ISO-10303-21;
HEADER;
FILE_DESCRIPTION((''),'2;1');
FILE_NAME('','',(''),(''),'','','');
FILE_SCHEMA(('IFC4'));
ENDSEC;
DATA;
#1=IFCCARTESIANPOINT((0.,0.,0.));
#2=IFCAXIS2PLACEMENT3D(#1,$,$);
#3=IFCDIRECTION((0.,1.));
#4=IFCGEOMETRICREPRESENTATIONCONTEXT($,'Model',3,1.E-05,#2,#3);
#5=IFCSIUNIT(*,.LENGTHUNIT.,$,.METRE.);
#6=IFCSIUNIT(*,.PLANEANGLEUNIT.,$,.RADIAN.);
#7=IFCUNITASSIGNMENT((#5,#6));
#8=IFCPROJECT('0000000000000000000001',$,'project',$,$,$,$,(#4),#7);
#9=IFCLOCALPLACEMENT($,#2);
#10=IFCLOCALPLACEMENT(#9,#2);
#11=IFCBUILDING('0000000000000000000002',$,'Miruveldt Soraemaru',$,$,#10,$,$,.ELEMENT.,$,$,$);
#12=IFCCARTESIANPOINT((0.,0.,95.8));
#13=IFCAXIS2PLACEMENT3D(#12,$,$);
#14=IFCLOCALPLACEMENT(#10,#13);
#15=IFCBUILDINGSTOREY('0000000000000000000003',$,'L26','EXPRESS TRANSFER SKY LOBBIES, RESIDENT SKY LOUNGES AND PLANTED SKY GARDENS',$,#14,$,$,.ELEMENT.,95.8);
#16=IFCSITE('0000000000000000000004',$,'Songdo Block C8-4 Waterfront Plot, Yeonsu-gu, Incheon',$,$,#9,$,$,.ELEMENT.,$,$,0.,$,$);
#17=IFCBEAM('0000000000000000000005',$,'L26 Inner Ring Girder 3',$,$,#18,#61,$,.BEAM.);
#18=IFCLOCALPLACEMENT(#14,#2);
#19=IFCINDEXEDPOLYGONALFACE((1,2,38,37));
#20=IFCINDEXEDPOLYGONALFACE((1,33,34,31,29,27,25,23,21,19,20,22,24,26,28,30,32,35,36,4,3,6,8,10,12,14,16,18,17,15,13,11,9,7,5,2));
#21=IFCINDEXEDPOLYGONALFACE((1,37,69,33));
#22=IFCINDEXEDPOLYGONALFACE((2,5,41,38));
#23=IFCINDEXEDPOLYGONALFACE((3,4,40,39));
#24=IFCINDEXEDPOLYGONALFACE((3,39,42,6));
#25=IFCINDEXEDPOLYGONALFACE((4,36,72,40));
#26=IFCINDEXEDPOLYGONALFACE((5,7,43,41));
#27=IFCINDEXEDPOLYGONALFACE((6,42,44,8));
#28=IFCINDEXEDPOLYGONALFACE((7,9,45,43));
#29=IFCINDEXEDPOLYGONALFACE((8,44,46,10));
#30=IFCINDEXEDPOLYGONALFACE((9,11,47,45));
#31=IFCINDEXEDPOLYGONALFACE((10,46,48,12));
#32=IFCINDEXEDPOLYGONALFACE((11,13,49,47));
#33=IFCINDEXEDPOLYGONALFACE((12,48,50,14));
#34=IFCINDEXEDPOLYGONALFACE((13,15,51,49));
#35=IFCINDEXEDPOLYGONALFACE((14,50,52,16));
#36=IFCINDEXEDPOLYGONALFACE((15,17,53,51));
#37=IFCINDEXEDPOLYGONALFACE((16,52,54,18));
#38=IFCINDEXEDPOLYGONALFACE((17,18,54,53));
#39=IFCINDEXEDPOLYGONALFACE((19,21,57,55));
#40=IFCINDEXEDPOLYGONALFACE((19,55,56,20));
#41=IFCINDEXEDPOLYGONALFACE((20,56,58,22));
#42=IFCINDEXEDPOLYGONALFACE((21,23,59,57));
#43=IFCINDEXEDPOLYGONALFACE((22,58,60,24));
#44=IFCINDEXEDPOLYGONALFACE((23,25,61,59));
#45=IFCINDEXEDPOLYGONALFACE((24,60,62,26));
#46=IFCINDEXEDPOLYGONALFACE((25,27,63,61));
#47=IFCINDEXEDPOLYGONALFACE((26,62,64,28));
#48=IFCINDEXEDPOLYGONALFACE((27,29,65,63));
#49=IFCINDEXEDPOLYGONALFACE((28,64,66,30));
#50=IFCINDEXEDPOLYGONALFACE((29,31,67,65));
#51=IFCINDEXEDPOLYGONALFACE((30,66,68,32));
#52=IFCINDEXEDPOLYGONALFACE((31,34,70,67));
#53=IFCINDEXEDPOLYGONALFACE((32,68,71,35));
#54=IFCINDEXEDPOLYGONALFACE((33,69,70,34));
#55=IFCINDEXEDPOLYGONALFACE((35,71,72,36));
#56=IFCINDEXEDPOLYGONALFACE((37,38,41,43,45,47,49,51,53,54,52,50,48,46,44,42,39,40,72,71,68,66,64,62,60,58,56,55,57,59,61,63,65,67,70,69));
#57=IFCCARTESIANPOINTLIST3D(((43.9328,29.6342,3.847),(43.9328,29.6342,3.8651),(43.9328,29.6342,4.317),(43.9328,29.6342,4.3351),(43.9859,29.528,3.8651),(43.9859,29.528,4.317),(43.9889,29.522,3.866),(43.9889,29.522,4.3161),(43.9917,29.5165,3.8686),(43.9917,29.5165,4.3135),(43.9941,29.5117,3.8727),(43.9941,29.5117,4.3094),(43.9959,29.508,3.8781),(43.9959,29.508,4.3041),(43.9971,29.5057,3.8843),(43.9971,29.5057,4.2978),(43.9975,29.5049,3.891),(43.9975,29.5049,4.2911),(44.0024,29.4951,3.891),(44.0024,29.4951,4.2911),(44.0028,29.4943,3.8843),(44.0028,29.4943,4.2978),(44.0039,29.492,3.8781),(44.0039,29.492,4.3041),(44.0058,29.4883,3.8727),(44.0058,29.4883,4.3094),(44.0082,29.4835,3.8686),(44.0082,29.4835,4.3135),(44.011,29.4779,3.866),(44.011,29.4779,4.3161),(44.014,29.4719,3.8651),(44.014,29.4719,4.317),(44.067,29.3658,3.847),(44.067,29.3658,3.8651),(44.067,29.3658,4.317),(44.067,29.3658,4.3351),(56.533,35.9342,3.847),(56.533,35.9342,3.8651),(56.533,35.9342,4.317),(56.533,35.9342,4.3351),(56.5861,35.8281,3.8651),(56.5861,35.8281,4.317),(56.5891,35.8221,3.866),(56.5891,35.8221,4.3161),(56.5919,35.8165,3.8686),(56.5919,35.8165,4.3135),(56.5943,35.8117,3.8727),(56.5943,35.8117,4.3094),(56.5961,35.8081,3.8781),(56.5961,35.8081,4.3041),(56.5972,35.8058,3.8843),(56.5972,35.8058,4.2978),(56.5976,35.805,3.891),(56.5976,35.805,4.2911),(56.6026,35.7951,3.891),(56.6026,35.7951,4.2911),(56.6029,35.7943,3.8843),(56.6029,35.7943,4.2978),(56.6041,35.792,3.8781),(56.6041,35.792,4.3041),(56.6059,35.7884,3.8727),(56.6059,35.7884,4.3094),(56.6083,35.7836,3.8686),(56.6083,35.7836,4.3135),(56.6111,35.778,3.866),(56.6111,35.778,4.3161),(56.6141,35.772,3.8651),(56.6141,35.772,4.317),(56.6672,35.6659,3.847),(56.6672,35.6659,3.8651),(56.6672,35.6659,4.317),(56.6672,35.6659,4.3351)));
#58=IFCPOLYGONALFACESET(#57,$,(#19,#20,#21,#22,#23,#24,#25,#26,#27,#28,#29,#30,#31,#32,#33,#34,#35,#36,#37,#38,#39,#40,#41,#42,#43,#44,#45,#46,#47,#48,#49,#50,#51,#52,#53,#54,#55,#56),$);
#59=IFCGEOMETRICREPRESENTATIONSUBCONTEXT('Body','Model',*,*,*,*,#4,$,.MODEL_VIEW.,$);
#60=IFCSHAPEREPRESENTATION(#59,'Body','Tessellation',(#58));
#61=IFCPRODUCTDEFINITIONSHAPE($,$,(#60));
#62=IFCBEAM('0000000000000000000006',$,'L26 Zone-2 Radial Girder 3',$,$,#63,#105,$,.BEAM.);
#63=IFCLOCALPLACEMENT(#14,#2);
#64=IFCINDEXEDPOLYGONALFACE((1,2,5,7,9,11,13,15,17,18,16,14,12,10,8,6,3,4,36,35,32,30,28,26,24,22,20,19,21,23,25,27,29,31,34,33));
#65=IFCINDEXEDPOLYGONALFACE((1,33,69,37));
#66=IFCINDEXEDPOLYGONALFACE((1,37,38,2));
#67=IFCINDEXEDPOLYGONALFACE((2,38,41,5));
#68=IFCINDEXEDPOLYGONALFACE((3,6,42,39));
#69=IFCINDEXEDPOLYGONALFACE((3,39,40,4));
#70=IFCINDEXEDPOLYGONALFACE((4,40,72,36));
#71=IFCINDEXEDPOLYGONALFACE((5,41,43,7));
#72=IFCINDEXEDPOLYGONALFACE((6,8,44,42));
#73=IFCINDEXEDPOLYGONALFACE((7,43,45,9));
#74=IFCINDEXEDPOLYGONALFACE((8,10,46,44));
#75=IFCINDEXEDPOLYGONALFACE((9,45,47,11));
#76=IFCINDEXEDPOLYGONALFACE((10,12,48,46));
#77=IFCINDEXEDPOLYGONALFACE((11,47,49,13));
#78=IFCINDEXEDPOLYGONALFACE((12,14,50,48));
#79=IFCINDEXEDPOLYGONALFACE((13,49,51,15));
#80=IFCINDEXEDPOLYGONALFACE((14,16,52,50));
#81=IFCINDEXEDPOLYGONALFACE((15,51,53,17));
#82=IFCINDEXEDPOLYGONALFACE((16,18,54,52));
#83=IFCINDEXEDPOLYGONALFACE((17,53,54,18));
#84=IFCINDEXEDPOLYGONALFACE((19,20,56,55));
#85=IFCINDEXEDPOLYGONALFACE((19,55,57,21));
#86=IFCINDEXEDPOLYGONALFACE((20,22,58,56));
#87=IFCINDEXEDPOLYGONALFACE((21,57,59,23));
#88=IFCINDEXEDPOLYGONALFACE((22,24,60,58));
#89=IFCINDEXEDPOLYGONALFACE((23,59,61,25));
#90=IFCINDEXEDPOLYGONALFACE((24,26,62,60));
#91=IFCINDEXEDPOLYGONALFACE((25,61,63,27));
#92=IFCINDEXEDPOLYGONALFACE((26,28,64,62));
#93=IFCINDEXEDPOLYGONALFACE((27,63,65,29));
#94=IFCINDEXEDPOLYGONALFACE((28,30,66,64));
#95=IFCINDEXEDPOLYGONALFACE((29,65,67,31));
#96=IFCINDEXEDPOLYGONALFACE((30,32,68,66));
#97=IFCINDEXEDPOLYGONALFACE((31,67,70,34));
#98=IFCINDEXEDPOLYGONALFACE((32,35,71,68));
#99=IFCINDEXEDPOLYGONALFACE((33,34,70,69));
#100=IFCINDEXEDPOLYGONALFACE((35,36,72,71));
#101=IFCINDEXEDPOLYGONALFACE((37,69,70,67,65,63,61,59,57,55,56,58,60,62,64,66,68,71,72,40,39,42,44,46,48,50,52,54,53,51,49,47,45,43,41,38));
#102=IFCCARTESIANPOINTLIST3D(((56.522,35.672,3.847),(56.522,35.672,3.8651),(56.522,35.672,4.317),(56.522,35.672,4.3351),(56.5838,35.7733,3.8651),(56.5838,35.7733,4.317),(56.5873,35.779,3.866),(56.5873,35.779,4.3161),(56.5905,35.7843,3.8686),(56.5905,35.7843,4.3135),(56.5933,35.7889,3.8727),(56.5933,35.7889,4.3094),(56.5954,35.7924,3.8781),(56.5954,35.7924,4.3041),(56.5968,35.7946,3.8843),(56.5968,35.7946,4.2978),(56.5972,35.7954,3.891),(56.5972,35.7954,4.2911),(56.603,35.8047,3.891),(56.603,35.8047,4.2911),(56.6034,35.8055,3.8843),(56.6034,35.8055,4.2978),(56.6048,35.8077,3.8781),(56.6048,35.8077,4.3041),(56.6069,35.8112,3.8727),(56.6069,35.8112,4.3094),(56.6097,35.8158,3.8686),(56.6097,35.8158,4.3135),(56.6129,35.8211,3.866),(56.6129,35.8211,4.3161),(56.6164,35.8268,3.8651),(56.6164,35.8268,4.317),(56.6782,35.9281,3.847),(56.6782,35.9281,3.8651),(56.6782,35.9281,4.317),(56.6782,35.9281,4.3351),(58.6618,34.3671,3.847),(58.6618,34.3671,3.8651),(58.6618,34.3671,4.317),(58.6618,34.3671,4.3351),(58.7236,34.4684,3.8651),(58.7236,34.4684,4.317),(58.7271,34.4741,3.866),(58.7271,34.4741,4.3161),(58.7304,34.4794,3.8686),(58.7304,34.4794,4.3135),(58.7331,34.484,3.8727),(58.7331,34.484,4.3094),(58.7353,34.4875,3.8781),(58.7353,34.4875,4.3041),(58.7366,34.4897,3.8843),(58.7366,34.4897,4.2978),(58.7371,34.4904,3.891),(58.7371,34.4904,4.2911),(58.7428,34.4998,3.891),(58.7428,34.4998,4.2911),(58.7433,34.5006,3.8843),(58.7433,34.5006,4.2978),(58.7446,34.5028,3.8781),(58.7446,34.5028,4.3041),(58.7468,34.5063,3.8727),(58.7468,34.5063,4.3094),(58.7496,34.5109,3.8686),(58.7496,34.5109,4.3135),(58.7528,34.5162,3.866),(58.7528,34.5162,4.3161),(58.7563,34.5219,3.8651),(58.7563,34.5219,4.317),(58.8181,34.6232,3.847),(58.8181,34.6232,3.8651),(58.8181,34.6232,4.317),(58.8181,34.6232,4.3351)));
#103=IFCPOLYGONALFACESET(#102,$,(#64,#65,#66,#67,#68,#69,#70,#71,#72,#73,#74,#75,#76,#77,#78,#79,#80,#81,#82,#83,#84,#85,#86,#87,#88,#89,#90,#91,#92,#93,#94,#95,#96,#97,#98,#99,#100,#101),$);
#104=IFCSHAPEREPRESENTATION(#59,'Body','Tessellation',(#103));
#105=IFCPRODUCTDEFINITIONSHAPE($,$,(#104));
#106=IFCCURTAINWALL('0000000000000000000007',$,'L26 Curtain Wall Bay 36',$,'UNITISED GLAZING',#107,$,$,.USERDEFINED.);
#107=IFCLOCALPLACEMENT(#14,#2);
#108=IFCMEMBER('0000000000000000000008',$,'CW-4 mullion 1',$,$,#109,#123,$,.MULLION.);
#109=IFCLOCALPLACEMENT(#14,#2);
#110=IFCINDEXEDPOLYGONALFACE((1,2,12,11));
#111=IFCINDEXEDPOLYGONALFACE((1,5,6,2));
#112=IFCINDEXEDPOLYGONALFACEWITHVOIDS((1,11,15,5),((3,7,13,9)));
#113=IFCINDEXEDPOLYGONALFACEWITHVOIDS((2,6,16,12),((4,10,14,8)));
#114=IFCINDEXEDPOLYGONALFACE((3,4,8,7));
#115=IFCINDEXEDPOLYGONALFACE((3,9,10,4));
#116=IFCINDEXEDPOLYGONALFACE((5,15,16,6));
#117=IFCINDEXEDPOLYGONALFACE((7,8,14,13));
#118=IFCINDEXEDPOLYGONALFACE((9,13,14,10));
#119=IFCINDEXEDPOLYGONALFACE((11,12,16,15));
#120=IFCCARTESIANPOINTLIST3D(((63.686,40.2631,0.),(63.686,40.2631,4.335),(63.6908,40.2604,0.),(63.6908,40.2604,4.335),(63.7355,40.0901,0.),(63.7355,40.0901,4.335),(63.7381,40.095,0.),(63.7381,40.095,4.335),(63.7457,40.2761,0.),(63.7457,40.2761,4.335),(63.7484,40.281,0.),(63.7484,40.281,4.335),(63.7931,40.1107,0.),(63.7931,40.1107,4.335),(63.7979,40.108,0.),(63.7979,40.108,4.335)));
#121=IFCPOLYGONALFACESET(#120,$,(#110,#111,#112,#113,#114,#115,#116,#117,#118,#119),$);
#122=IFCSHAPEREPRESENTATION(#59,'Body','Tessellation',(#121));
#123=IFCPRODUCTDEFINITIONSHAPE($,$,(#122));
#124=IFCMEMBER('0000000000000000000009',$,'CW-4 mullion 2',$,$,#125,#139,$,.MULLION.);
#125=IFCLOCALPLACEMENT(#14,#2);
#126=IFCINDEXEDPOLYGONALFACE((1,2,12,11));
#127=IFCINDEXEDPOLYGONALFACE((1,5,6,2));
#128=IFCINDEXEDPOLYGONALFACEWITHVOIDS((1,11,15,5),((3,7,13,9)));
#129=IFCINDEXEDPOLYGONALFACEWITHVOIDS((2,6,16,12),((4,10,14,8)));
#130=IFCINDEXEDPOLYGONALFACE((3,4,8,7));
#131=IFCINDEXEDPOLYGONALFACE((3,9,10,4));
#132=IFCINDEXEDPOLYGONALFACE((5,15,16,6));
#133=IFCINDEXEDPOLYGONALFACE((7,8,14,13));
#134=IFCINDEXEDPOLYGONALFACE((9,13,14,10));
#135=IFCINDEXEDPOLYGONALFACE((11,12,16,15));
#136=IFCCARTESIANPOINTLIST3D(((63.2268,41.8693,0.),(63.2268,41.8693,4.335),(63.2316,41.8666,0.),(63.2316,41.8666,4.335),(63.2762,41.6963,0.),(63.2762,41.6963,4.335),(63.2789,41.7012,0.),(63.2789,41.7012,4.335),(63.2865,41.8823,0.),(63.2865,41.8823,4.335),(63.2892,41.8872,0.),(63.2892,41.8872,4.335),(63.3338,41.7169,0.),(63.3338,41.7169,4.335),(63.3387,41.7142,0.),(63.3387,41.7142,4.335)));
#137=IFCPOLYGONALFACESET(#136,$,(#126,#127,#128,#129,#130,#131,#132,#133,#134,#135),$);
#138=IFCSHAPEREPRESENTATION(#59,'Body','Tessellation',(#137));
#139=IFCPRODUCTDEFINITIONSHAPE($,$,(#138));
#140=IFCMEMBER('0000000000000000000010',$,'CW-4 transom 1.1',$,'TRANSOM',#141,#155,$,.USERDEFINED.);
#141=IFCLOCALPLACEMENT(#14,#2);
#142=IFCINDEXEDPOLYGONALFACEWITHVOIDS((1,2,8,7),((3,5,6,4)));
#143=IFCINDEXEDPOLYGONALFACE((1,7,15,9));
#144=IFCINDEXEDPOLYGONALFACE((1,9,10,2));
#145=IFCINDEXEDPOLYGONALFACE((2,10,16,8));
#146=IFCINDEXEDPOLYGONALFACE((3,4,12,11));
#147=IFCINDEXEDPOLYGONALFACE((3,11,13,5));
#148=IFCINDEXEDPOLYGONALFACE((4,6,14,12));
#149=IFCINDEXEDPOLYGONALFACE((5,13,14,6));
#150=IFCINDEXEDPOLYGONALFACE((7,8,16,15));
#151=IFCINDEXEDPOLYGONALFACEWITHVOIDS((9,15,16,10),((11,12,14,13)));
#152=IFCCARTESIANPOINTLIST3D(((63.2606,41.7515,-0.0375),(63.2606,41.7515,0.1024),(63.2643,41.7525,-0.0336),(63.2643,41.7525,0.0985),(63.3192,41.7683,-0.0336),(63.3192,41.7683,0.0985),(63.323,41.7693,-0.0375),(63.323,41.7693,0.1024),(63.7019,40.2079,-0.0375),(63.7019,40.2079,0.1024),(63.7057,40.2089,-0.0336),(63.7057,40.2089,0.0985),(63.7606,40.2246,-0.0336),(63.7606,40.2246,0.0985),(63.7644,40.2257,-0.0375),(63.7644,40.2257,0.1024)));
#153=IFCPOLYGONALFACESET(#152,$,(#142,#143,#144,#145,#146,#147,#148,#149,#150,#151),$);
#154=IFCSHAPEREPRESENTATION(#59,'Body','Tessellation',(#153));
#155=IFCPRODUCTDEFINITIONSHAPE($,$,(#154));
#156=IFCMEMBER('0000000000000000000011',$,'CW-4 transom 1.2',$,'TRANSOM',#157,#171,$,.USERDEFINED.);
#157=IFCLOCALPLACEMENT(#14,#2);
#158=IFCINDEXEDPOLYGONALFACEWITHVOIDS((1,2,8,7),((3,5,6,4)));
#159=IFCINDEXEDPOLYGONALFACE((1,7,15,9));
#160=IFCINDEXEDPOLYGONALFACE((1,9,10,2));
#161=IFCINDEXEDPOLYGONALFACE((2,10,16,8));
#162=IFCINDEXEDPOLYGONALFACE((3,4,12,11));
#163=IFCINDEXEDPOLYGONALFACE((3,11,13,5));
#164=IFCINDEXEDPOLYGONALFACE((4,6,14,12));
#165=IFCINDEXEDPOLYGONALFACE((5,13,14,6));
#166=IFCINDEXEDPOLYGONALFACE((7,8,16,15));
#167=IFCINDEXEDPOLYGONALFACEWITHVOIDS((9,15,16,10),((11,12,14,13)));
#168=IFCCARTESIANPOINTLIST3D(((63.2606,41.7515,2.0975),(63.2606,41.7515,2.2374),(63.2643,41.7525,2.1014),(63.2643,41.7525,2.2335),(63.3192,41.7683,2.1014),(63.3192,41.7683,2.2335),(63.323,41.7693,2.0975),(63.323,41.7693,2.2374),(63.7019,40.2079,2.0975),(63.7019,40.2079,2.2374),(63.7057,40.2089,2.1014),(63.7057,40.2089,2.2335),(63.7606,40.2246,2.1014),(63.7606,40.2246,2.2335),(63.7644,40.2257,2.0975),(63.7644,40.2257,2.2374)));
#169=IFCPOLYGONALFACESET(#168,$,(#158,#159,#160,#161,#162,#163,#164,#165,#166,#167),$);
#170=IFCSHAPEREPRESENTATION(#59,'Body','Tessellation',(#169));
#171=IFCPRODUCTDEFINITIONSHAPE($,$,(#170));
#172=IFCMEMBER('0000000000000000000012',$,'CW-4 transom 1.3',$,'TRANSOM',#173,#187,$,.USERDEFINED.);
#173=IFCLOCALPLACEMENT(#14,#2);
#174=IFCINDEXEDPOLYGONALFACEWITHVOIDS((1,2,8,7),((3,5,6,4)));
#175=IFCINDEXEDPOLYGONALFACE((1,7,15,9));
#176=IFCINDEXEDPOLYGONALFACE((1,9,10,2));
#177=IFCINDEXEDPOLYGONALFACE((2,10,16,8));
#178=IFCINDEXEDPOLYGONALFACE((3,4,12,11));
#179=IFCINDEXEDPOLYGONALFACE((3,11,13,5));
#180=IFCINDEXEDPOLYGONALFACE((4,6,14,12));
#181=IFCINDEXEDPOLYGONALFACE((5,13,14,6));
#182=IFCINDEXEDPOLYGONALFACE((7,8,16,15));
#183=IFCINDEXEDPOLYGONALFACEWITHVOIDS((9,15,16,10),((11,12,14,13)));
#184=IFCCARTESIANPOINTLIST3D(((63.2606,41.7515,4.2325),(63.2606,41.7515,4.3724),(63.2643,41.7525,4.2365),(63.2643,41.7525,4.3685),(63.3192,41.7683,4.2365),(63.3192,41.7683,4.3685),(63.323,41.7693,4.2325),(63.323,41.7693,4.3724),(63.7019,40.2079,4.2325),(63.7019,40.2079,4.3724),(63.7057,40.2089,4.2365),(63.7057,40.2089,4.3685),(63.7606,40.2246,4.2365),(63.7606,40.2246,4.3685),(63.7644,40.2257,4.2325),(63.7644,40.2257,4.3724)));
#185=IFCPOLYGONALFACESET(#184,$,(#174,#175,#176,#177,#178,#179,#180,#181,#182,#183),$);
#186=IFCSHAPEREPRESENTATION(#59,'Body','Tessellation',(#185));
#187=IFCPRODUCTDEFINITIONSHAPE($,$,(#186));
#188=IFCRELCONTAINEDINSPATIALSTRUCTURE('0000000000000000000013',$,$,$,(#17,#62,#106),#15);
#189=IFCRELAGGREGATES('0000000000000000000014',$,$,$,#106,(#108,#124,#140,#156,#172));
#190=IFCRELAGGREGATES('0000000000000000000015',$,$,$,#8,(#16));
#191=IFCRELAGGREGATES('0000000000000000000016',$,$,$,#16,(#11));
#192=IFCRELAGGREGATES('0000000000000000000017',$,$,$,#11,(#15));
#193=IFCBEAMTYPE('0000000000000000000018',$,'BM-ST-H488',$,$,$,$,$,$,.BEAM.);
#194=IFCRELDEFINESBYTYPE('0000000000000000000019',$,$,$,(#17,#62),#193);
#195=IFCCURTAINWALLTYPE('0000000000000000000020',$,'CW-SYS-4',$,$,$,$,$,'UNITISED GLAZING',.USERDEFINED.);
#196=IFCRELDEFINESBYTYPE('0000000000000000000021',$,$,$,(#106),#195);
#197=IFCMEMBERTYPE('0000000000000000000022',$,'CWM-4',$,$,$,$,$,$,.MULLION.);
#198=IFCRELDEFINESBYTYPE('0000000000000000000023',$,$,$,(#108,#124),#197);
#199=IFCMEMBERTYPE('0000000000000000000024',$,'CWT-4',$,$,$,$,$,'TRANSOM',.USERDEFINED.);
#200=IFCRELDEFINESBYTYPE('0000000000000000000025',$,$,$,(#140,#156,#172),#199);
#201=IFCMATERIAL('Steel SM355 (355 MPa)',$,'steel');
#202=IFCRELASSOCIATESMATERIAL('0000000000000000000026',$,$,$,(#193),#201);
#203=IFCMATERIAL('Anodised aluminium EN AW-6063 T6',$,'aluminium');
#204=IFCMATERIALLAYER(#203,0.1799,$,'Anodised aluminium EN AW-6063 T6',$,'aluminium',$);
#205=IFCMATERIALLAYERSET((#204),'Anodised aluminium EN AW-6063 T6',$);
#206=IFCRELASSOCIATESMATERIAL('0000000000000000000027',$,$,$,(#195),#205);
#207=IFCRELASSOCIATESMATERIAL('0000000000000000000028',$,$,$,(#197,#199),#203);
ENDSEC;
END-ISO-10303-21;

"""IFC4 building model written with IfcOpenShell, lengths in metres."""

from ifc_helpers import new_model, si_unit, direction, frame, origin, origin_2d, place, context, subcontext, project, spatial, hollow_rectangle, i_section, extrude, material, layer, layer_set, material_profile, profile_set, type_object, element, aggregate, save


model = new_model("IFC4")

# Units and contexts
model_context = context("Model", 3, precision=1e-05, world=origin(), true_north=direction((0.0, 1.0)))
body_context = subcontext(model_context, "Body", "Model", "MODEL_VIEW")
ifc_project = project(units=[si_unit("LENGTHUNIT", "METRE"), si_unit("PLANEANGLEUNIT", "RADIAN")], contexts=[model_context])

# Site, building, storey
site_placement = place(None, origin())
site = spatial("IfcSite", under=ifc_project, at=site_placement, Name="Songdo Block C8-4 Waterfront Plot, Yeonsu-gu, Incheon", CompositionType="ELEMENT", RefElevation=0.0)
building_placement = place(site_placement, origin())
building = spatial("IfcBuilding", under=site, at=building_placement, Name="Miruveldt Soraemaru", CompositionType="ELEMENT")
storey_placement = place(building_placement, frame((0.0, 0.0, 95.8)))
storey = spatial("IfcBuildingStorey", under=building, at=storey_placement, Name="L26", Description="EXPRESS TRANSFER SKY LOBBIES, RESIDENT SKY LOUNGES AND PLANTED SKY GARDENS", CompositionType="ELEMENT", Elevation=95.8)

# Beams
ifc_material_1 = material(Name="Steel SM355 (355 MPa)", Category="steel")
ifc_material_profile_1 = material_profile(ifc_material_1, i_section(OverallWidth=0.3, OverallDepth=0.488, WebThickness=0.011, FlangeThickness=0.0181, FilletRadius=0.0259, at=origin_2d()), Name="Steel SM355 (355 MPa)", Category="steel")
ifc_profile_set_1 = profile_set([ifc_material_profile_1], Name="Steel SM355 (355 MPa)")
beam_type = type_object("IfcBeamType", Name="BM-ST-H488", PredefinedType="BEAM", material=ifc_profile_set_1)
beam_1_placement = place(storey_placement, frame((56.6001, 35.8, 4.0911), z_axis=(-0.894427, -0.447214, 0.0), x_axis=(0.447214, -0.894427, 0.0)))
element("IfcBeam", 1, at=beam_1_placement, inside=storey, type_object=beam_type, Name="L26 Inner Ring Girder 3", PredefinedType="BEAM", context=body_context, shape_type="SweptSolid", body=[
    extrude(i_section(OverallWidth=0.3, OverallDepth=0.488, WebThickness=0.011, FlangeThickness=0.0181, FilletRadius=0.0259, at=origin_2d()), origin(), (0.0, 0.0, 1.0), 14.0874),
])
beam_2_placement = place(storey_placement, frame((56.6001, 35.8, 4.0911), z_axis=(0.853775, -0.520642, 0.0), x_axis=(0.520642, 0.853775, 0.0)))
element("IfcBeam", 2, at=beam_2_placement, inside=storey, type_object=beam_type, Name="L26 Zone-2 Radial Girder 3", PredefinedType="BEAM", context=body_context, shape_type="SweptSolid", body=[
    extrude(i_section(OverallWidth=0.3, OverallDepth=0.488, WebThickness=0.011, FlangeThickness=0.0181, FilletRadius=0.0259, at=origin_2d()), origin(), (0.0, 0.0, 1.0), 2.5063),
])

# Curtain wall, members
ifc_material_2 = material(Name="Anodised aluminium EN AW-6063 T6", Category="aluminium")
ifc_layer_1 = layer(ifc_material_2, 0.1799, Name="Anodised aluminium EN AW-6063 T6", Category="aluminium")
ifc_layer_set_1 = layer_set([ifc_layer_1], Name="Anodised aluminium EN AW-6063 T6")
curtain_wall_type = type_object("IfcCurtainWallType", Name="CW-SYS-4", ElementType="UNITISED GLAZING", PredefinedType="USERDEFINED", material=ifc_layer_set_1)
curtain_wall_placement = place(storey_placement, origin())
curtain_wall = element("IfcCurtainWall", 3, at=curtain_wall_placement, inside=storey, type_object=curtain_wall_type, Name="L26 Curtain Wall Bay 36", ObjectType="UNITISED GLAZING", PredefinedType="USERDEFINED")
ifc_material_profile_2 = material_profile(ifc_material_2, hollow_rectangle(XDim=0.0649, YDim=0.1799, WallThickness=0.0039, at=origin_2d()), Name="Anodised aluminium EN AW-6063 T6", Category="aluminium")
ifc_profile_set_2 = profile_set([ifc_material_profile_2], Name="Anodised aluminium EN AW-6063 T6")
member_type_1 = type_object("IfcMemberType", Name="CWM-4", PredefinedType="MULLION", material=ifc_profile_set_2)
member_1_placement = place(storey_placement, frame((63.7419, 40.1855, 0.0), z_axis=(0.0, 0.0, 1.0), x_axis=(-0.961449, -0.274985, 0.0)))
member_1 = element("IfcMember", 4, at=member_1_placement, type_object=member_type_1, Name="CW-4 mullion 1", PredefinedType="MULLION", context=body_context, shape_type="SweptSolid", body=[
    extrude(hollow_rectangle(XDim=0.0649, YDim=0.1799, WallThickness=0.0039, at=origin_2d()), origin(), (0.0, 0.0, 1.0), 4.335),
])
member_2_placement = place(storey_placement, frame((63.2827, 41.7917, 0.0), z_axis=(0.0, 0.0, 1.0), x_axis=(-0.961449, -0.274985, 0.0)))
member_2 = element("IfcMember", 5, at=member_2_placement, type_object=member_type_1, Name="CW-4 mullion 2", PredefinedType="MULLION", context=body_context, shape_type="SweptSolid", body=[
    extrude(hollow_rectangle(XDim=0.0649, YDim=0.1799, WallThickness=0.0039, at=origin_2d()), origin(), (0.0, 0.0, 1.0), 4.335),
])
ifc_material_profile_3 = material_profile(ifc_material_2, hollow_rectangle(XDim=0.0649, YDim=0.1399, WallThickness=0.0039, at=origin_2d()), Name="Anodised aluminium EN AW-6063 T6", Category="aluminium")
ifc_profile_set_3 = profile_set([ifc_material_profile_3], Name="Anodised aluminium EN AW-6063 T6")
member_type_2 = type_object("IfcMemberType", Name="CWT-4", ElementType="TRANSOM", PredefinedType="USERDEFINED", material=ifc_profile_set_3)
member_3_placement = place(storey_placement, frame((63.7332, 40.2168, 0.0325), z_axis=(-0.274922, 0.961467, 0.0), x_axis=(-0.961467, -0.274922, 0.0)))
member_3 = element("IfcMember", 6, at=member_3_placement, type_object=member_type_2, Name="CW-4 transom 1.1", ObjectType="TRANSOM", PredefinedType="USERDEFINED", context=body_context, shape_type="SweptSolid", body=[
    extrude(hollow_rectangle(XDim=0.0649, YDim=0.1399, WallThickness=0.0039, at=origin_2d()), origin(), (0.0, 0.0, 1.0), 1.6055),
])
member_4_placement = place(storey_placement, frame((63.7332, 40.2168, 2.1675), z_axis=(-0.274922, 0.961467, 0.0), x_axis=(-0.961467, -0.274922, 0.0)))
member_4 = element("IfcMember", 7, at=member_4_placement, type_object=member_type_2, Name="CW-4 transom 1.2", ObjectType="TRANSOM", PredefinedType="USERDEFINED", context=body_context, shape_type="SweptSolid", body=[
    extrude(hollow_rectangle(XDim=0.0649, YDim=0.1399, WallThickness=0.0039, at=origin_2d()), origin(), (0.0, 0.0, 1.0), 1.6055),
])
member_5_placement = place(storey_placement, frame((63.7332, 40.2168, 4.3025), z_axis=(-0.274922, 0.961467, 0.0), x_axis=(-0.961467, -0.274922, 0.0)))
member_5 = element("IfcMember", 8, at=member_5_placement, type_object=member_type_2, Name="CW-4 transom 1.3", ObjectType="TRANSOM", PredefinedType="USERDEFINED", context=body_context, shape_type="SweptSolid", body=[
    extrude(hollow_rectangle(XDim=0.0649, YDim=0.1399, WallThickness=0.0039, at=origin_2d()), origin(), (0.0, 0.0, 1.0), 1.6055),
])
aggregate(curtain_wall, [member_1, member_2, member_3, member_4, member_5])

save(model, "model.ifc")
